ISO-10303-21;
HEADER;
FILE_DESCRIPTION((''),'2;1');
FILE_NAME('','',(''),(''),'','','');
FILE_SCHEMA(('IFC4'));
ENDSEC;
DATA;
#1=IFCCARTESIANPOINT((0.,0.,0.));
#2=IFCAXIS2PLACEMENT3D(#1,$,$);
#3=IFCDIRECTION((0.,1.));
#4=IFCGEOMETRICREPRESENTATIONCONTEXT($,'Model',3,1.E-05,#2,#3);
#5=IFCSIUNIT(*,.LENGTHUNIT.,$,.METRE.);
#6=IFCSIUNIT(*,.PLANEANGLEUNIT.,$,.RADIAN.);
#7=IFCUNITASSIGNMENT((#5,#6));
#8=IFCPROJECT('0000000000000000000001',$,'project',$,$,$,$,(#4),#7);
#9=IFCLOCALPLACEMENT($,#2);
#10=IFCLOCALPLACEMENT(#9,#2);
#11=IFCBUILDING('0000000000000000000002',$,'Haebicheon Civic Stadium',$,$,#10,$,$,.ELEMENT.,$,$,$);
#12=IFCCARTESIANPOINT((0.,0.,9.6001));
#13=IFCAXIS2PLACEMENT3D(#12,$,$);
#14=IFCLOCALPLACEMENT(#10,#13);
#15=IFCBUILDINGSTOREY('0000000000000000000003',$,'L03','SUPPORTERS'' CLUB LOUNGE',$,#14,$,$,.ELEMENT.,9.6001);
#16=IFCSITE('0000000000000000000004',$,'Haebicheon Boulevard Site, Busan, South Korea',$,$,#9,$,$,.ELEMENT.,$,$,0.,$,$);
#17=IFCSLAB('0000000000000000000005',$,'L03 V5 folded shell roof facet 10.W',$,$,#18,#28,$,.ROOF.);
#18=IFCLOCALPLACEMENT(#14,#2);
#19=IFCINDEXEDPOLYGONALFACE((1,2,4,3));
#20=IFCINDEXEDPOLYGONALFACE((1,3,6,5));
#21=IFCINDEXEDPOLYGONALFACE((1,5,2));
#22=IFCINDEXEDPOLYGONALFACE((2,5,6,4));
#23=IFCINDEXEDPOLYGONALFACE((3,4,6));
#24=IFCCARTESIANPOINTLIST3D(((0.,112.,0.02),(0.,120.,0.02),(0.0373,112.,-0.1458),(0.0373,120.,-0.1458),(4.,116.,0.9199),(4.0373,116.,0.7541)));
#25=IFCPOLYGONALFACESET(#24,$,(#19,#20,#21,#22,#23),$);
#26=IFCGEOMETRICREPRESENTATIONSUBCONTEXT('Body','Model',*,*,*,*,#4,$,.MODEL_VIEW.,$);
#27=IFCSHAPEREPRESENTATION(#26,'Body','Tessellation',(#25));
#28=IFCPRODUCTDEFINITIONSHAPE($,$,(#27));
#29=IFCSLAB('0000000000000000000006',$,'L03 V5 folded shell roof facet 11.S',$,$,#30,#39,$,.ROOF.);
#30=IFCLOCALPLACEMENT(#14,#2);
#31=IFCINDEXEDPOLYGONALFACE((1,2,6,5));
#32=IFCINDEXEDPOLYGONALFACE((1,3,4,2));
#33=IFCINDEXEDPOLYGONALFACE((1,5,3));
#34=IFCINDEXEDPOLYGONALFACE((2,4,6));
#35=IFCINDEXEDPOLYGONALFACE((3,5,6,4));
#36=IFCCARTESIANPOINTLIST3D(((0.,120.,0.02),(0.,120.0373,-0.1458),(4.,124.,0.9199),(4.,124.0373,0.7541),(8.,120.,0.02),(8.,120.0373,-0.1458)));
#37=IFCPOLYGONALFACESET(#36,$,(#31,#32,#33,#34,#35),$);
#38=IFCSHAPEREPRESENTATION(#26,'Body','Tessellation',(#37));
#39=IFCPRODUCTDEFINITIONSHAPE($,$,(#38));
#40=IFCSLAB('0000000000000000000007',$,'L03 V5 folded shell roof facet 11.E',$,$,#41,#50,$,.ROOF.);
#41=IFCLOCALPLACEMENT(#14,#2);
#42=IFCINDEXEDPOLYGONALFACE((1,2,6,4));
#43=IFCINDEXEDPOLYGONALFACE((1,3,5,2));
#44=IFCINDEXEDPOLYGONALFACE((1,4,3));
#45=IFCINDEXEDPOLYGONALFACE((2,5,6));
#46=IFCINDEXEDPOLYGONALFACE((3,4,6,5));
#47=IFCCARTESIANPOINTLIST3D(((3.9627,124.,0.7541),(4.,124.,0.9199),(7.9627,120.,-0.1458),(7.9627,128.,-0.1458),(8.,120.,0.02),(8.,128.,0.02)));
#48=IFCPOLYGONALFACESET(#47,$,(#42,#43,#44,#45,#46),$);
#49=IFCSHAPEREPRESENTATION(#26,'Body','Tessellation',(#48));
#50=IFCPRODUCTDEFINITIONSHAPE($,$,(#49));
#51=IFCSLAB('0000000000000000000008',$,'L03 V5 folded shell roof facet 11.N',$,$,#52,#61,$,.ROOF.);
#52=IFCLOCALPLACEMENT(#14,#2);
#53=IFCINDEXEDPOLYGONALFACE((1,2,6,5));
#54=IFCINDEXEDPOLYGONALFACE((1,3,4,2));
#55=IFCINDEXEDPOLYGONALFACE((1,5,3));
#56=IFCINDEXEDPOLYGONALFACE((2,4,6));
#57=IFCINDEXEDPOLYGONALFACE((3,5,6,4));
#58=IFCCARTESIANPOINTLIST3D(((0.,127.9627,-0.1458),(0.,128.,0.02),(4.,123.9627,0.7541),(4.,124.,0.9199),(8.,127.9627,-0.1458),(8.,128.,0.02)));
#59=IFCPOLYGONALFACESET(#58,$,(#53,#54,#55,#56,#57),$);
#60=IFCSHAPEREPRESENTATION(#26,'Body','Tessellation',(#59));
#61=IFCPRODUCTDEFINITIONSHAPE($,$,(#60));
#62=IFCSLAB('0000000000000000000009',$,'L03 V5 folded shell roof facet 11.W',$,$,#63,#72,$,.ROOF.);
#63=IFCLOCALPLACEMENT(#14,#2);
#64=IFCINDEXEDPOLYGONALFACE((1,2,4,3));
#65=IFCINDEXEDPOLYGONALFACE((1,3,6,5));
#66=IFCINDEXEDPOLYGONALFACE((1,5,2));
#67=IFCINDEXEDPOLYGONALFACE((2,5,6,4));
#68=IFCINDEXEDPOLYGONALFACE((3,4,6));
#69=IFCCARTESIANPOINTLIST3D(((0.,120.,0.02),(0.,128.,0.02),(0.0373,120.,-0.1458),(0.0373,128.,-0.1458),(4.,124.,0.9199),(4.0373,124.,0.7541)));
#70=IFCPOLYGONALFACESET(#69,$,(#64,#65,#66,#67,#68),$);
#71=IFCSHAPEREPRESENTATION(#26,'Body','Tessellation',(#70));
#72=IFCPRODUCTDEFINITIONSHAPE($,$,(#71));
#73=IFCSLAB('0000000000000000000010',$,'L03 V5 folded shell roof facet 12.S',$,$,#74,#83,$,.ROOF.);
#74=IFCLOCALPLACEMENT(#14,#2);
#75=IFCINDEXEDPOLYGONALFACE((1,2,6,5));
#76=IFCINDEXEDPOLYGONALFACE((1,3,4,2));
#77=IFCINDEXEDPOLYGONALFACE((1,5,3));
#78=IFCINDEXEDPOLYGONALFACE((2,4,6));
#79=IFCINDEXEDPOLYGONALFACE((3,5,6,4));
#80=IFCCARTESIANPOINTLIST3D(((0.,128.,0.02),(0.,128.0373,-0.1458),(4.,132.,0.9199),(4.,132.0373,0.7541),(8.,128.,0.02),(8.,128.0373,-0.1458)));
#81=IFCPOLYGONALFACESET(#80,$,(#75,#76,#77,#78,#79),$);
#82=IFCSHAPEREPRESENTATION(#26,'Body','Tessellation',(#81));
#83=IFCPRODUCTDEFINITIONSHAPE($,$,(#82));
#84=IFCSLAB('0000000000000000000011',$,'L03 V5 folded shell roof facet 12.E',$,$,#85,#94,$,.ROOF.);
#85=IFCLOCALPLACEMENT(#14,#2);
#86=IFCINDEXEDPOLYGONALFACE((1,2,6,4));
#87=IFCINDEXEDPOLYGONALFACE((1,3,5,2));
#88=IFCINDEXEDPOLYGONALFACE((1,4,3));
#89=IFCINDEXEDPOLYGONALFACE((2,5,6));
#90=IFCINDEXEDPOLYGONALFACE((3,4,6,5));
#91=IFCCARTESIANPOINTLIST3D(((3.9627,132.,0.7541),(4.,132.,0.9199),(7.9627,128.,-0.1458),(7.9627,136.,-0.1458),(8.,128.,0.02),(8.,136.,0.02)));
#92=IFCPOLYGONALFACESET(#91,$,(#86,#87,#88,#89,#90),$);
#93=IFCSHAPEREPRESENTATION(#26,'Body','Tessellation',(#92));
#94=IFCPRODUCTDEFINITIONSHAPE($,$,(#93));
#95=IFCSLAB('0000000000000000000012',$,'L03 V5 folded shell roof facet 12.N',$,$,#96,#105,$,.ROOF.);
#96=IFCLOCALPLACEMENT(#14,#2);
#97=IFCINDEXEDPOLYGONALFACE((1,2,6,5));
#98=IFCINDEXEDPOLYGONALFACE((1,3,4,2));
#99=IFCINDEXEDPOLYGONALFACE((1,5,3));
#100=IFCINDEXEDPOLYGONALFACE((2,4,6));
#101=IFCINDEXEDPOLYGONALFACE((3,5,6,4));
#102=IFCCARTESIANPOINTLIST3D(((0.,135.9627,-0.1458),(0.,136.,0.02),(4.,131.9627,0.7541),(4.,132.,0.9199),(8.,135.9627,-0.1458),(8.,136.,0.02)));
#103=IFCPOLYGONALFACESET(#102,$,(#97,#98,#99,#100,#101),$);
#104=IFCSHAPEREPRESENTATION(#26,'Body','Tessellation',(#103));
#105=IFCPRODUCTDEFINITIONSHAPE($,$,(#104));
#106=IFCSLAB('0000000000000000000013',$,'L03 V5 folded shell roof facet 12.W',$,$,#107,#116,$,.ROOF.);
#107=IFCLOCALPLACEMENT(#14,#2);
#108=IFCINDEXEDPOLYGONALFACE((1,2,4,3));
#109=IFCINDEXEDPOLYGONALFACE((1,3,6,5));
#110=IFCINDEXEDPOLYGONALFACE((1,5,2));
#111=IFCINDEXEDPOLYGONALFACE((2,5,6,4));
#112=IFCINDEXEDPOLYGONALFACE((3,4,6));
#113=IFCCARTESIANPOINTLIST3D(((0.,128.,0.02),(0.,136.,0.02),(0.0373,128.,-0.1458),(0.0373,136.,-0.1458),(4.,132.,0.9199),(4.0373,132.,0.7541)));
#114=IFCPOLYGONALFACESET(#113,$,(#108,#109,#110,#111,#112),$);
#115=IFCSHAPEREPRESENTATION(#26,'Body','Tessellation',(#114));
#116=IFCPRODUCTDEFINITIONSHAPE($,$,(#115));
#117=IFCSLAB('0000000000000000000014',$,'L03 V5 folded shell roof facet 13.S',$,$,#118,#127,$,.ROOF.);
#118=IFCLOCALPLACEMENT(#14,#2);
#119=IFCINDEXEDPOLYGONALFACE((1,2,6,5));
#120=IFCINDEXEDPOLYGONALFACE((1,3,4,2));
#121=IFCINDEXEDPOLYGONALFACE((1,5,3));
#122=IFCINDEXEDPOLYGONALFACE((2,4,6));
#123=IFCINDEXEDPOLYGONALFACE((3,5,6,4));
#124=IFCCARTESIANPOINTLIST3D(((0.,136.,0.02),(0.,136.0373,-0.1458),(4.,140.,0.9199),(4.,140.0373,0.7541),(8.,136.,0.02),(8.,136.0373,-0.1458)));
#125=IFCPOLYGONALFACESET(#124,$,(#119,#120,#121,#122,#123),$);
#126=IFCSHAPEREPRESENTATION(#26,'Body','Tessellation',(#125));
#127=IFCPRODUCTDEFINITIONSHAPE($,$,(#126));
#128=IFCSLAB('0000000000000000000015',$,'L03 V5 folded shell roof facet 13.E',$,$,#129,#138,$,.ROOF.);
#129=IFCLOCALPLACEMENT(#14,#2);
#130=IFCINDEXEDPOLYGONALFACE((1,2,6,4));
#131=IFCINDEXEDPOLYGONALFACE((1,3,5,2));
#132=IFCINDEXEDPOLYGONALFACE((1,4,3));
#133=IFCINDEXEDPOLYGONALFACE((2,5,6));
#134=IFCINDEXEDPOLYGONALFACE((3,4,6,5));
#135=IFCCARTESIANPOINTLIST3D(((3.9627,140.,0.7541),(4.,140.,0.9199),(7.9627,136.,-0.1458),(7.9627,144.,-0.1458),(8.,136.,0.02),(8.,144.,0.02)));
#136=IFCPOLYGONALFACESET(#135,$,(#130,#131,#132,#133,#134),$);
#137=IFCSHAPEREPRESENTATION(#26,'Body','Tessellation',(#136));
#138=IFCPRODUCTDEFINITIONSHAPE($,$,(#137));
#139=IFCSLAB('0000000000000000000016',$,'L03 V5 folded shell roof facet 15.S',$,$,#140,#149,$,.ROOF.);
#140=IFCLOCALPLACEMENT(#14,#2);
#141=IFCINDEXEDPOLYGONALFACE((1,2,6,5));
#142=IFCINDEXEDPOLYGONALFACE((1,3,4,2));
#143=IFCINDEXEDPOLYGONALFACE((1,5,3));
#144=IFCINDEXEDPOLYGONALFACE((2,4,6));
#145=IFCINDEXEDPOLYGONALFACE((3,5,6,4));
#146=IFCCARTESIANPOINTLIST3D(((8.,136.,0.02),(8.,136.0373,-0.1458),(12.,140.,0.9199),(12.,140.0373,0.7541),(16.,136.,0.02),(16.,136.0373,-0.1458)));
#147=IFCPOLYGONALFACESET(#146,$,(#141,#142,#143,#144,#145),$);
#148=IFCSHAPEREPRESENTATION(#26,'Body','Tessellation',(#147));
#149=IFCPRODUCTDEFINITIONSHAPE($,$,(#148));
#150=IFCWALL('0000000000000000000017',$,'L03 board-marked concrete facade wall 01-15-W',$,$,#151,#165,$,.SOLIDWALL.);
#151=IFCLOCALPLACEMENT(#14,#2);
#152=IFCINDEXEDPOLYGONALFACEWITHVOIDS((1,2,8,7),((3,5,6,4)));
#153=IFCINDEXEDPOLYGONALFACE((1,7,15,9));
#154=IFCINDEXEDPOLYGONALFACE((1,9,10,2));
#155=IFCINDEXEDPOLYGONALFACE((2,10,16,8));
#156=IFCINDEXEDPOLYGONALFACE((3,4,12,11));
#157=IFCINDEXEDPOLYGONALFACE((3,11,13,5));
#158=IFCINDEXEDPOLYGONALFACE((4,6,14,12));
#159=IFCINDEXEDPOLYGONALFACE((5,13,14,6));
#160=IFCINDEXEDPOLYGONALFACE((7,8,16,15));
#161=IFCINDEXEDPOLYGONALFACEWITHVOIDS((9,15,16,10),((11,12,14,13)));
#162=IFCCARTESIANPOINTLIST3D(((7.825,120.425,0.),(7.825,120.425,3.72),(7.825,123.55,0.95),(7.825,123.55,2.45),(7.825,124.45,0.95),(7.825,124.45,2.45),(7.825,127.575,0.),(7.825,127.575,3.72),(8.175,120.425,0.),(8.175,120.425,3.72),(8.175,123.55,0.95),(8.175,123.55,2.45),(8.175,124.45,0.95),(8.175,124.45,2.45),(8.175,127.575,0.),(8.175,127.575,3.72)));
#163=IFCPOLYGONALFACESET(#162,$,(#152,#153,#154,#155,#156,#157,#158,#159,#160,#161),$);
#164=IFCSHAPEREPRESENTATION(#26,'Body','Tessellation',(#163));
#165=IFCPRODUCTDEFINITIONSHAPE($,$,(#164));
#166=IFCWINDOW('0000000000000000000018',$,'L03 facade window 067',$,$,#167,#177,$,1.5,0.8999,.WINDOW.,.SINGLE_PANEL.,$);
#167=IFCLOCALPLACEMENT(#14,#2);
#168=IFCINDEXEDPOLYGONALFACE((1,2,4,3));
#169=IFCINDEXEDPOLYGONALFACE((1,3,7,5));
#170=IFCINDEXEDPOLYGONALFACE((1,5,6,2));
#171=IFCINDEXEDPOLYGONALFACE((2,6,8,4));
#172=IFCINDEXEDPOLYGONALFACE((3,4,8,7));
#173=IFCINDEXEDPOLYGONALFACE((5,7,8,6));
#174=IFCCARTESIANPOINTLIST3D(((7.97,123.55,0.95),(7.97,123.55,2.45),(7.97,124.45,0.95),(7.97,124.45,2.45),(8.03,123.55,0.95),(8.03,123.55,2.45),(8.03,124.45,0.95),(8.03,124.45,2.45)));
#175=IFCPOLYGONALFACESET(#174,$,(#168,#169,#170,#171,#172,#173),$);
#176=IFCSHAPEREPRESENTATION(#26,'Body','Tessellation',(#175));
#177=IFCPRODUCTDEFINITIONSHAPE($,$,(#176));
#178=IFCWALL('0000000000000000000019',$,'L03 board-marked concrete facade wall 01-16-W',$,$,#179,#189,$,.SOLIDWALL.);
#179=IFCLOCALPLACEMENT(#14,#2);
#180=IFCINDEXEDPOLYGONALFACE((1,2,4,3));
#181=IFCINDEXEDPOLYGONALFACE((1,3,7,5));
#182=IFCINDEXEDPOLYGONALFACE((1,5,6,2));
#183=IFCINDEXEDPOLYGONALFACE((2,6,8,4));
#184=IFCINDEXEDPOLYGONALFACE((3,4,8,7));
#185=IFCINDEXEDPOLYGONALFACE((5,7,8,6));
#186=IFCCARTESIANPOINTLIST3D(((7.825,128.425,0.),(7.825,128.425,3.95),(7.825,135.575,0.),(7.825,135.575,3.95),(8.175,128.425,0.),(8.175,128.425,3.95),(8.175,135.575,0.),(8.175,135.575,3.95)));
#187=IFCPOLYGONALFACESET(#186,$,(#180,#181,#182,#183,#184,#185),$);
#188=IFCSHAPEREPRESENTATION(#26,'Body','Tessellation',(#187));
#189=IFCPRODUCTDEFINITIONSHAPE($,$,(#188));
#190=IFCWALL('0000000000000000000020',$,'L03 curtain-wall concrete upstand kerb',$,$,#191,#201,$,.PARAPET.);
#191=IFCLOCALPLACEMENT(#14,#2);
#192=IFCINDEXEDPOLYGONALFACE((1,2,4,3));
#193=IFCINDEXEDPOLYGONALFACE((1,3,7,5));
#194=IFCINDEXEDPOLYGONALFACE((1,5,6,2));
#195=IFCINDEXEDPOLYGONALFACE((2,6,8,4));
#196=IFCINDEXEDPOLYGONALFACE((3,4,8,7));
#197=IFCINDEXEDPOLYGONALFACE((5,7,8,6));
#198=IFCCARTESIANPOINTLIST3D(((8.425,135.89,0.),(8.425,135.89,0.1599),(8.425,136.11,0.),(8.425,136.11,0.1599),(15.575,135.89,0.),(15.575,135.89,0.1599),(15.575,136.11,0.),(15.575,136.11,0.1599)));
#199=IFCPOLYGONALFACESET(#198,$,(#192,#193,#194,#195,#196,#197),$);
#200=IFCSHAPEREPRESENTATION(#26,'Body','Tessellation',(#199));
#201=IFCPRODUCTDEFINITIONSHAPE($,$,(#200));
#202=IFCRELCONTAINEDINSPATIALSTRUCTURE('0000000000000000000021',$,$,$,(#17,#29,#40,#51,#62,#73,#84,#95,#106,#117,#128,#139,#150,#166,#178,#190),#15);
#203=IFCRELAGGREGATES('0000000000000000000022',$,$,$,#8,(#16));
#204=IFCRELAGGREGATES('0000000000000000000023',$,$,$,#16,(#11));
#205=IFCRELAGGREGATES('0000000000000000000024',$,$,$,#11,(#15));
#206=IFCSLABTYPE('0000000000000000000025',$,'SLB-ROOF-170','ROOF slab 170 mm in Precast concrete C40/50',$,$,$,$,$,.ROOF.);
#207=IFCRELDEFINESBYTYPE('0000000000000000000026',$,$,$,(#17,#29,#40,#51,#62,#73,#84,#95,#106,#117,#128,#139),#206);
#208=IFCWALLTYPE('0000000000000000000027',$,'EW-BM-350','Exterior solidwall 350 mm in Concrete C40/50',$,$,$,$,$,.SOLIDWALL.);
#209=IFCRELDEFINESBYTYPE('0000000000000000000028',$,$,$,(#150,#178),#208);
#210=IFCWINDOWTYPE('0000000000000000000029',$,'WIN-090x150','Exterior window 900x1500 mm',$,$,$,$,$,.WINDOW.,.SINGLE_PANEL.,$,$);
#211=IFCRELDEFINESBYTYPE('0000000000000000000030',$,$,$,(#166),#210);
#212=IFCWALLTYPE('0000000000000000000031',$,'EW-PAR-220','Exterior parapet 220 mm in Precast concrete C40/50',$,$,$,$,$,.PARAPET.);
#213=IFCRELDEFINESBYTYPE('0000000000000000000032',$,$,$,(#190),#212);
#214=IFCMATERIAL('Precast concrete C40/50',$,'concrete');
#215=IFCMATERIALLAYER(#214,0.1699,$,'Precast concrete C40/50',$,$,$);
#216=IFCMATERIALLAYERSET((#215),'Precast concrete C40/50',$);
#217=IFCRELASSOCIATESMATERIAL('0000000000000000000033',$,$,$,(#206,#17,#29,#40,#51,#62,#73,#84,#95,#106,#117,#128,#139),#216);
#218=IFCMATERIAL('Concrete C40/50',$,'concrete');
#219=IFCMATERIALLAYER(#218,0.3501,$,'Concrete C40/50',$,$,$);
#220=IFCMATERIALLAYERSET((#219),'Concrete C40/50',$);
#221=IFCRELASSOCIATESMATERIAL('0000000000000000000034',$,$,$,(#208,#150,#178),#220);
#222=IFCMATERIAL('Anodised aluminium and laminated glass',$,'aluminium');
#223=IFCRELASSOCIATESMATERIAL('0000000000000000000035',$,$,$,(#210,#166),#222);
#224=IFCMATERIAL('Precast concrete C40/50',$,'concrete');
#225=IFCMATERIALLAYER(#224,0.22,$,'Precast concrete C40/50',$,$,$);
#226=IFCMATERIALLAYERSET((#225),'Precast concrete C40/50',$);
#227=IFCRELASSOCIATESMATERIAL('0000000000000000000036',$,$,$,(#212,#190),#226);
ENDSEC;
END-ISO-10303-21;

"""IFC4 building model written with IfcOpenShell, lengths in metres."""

from ifc_helpers import new_model, si_unit, direction, frame, frame_2d, origin, place, context, subcontext, project, spatial, polyline, rectangle, outline, extrude, material, layer, layer_set, type_object, element, fill, save


model = new_model("IFC4")

# Units and contexts
model_context = context("Model", 3, precision=1e-05, world=origin(), true_north=direction((0.0, 1.0)))
body_context = subcontext(model_context, "Body", "Model", "MODEL_VIEW")
ifc_project = project(units=[si_unit("LENGTHUNIT", "METRE"), si_unit("PLANEANGLEUNIT", "RADIAN")], contexts=[model_context])

# Site, building, storey
site_placement = place(None, origin())
site = spatial("IfcSite", under=ifc_project, at=site_placement, Name="Haebicheon Boulevard Site, Busan, South Korea", CompositionType="ELEMENT", RefElevation=0.0)
building_placement = place(site_placement, origin())
building = spatial("IfcBuilding", under=site, at=building_placement, Name="Haebicheon Civic Stadium", CompositionType="ELEMENT")
storey_placement = place(building_placement, frame((0.0, 0.0, 9.6001)))
storey = spatial("IfcBuildingStorey", under=building, at=storey_placement, Name="L03", Description="SUPPORTERS' CLUB LOUNGE", CompositionType="ELEMENT", Elevation=9.6001)

# Slabs
ifc_material_1 = material(Name="Precast concrete C40/50", Category="concrete")
ifc_layer_1 = layer(ifc_material_1, 0.1699, Name="Precast concrete C40/50")
ifc_layer_set_1 = layer_set([ifc_layer_1], Name="Precast concrete C40/50")
slab_type = type_object("IfcSlabType", Name="SLB-ROOF-170", Description="ROOF slab 170 mm in Precast concrete C40/50", PredefinedType="ROOF", material=ifc_layer_set_1)
for number, where, z_axis, x_axis, name in (
    (1, (0.0, 120.0, 0.02), (-0.21949, 0.0, 0.975615), (0.0, -1.0, 0.0), "L03 V5 folded shell roof facet 10.W"),
    (2, (0.0, 120.0, 0.02), (0.0, -0.21949, 0.975615), (1.0, 0.0, 0.0), "L03 V5 folded shell roof facet 11.S"),
    (3, (8.0, 120.0, 0.02), (0.21949, 0.0, 0.975615), (0.0, 1.0, 0.0), "L03 V5 folded shell roof facet 11.E"),
    (4, (8.0, 128.0, 0.02), (0.0, 0.21949, 0.975615), (-1.0, 0.0, 0.0), "L03 V5 folded shell roof facet 11.N"),
    (5, (0.0, 128.0, 0.02), (-0.21949, 0.0, 0.975615), (0.0, -1.0, 0.0), "L03 V5 folded shell roof facet 11.W"),
    (6, (0.0, 128.0, 0.02), (0.0, -0.21949, 0.975615), (1.0, 0.0, 0.0), "L03 V5 folded shell roof facet 12.S"),
    (7, (8.0, 128.0, 0.02), (0.21949, 0.0, 0.975615), (0.0, 1.0, 0.0), "L03 V5 folded shell roof facet 12.E"),
    (8, (8.0, 136.0, 0.02), (0.0, 0.21949, 0.975615), (-1.0, 0.0, 0.0), "L03 V5 folded shell roof facet 12.N"),
    (9, (0.0, 136.0, 0.02), (-0.21949, 0.0, 0.975615), (0.0, -1.0, 0.0), "L03 V5 folded shell roof facet 12.W"),
    (10, (0.0, 136.0, 0.02), (0.0, -0.21949, 0.975615), (1.0, 0.0, 0.0), "L03 V5 folded shell roof facet 13.S"),
    (11, (8.0, 136.0, 0.02), (0.21949, 0.0, 0.975615), (0.0, 1.0, 0.0), "L03 V5 folded shell roof facet 13.E"),
    (12, (8.0, 136.0, 0.02), (0.0, -0.21949, 0.975615), (1.0, 0.0, 0.0), "L03 V5 folded shell roof facet 15.S"),
):
    element("IfcSlab", number, at=place(storey_placement, frame(where, z_axis=z_axis, x_axis=x_axis)), inside=storey, type_object=slab_type, material=ifc_layer_set_1, Name=name, PredefinedType="ROOF", context=body_context, shape_type="SweptSolid", body=[
        extrude(outline(polyline([(0.0, 0.0), (8.0, 0.0), (4.0, 4.1), (0.0, 0.0)])), origin(), (0.0, 0.0, -1.0), 0.1699),
    ])

# Wall, opening, window
ifc_material_2 = material(Name="Concrete C40/50", Category="concrete")
ifc_layer_2 = layer(ifc_material_2, 0.3501, Name="Concrete C40/50")
ifc_layer_set_2 = layer_set([ifc_layer_2], Name="Concrete C40/50")
wall_type_1 = type_object("IfcWallType", Name="EW-BM-350", Description="Exterior solidwall 350 mm in Concrete C40/50", PredefinedType="SOLIDWALL", material=ifc_layer_set_2)
wall_1_placement = place(storey_placement, frame((8.0, 120.425, 0.0), z_axis=(0.0, 0.0, 1.0), x_axis=(0.0, 1.0, 0.0)))
wall_1 = element("IfcWall", 13, at=wall_1_placement, inside=storey, type_object=wall_type_1, material=ifc_layer_set_2, Name="L03 board-marked concrete facade wall 01-15-W", PredefinedType="SOLIDWALL", context=body_context, shape_type="SweptSolid", body=[
    extrude(rectangle(XDim=7.1499, YDim=0.3501, at=frame_2d((3.575, 0.0))), origin(), (0.0, 0.0, 1.0), 3.72),
])
opening_placement = place(wall_1_placement, frame((3.125, 0.0, 0.95)))
opening = element("IfcOpeningElement", 14, at=opening_placement, cuts=wall_1, PredefinedType="OPENING", context=body_context, shape_type="SweptSolid", body=[
    extrude(rectangle(XDim=0.8999, YDim=1.5, at=frame_2d((0.45, 0.75))), frame((0.0, 0.1851, 0.0), z_axis=(0.0, -1.0, 0.0), x_axis=(1.0, 0.0, 0.0)), (0.0, 0.0, 1.0), 0.3701),
])
ifc_material_3 = material(Name="Anodised aluminium and laminated glass", Category="aluminium")
window_type = type_object("IfcWindowType", Name="WIN-090x150", Description="Exterior window 900x1500 mm", PartitioningType="SINGLE_PANEL", PredefinedType="WINDOW", material=ifc_material_3)
window_placement = place(opening_placement, origin())
window = element("IfcWindow", 15, at=window_placement, inside=storey, type_object=window_type, material=ifc_material_3, Name="L03 facade window 067", OverallHeight=1.5, OverallWidth=0.8999, PartitioningType="SINGLE_PANEL", PredefinedType="WINDOW", context=body_context, shape_type="SweptSolid", body=[
    extrude(rectangle(XDim=0.8999, YDim=1.5, at=frame_2d((0.45, 0.75))), frame((0.0, 0.03, 0.0), z_axis=(0.0, -1.0, 0.0), x_axis=(1.0, 0.0, 0.0)), (0.0, 0.0, 1.0), 0.0601),
])
fill(opening, window)

# Walls
wall_2_placement = place(storey_placement, frame((8.0, 128.425, 0.0), z_axis=(0.0, 0.0, 1.0), x_axis=(0.0, 1.0, 0.0)))
element("IfcWall", 16, at=wall_2_placement, inside=storey, type_object=wall_type_1, material=ifc_layer_set_2, Name="L03 board-marked concrete facade wall 01-16-W", PredefinedType="SOLIDWALL", context=body_context, shape_type="SweptSolid", body=[
    extrude(rectangle(XDim=7.1499, YDim=0.3501, at=frame_2d((3.575, 0.0))), origin(), (0.0, 0.0, 1.0), 3.95),
])
ifc_material_4 = material(Name="Precast concrete C40/50", Category="concrete")
ifc_layer_3 = layer(ifc_material_4, 0.22, Name="Precast concrete C40/50")
ifc_layer_set_3 = layer_set([ifc_layer_3], Name="Precast concrete C40/50")
wall_type_2 = type_object("IfcWallType", Name="EW-PAR-220", Description="Exterior parapet 220 mm in Precast concrete C40/50", PredefinedType="PARAPET", material=ifc_layer_set_3)
wall_3_placement = place(storey_placement, frame((8.425, 136.0, 0.0), z_axis=(0.0, 0.0, 1.0), x_axis=(1.0, 0.0, 0.0)))
element("IfcWall", 17, at=wall_3_placement, inside=storey, type_object=wall_type_2, material=ifc_layer_set_3, Name="L03 curtain-wall concrete upstand kerb", PredefinedType="PARAPET", context=body_context, shape_type="SweptSolid", body=[
    extrude(rectangle(XDim=7.1499, YDim=0.22, at=frame_2d((3.575, 0.0))), origin(), (0.0, 0.0, 1.0), 0.1599),
])

save(model, "model.ifc")
